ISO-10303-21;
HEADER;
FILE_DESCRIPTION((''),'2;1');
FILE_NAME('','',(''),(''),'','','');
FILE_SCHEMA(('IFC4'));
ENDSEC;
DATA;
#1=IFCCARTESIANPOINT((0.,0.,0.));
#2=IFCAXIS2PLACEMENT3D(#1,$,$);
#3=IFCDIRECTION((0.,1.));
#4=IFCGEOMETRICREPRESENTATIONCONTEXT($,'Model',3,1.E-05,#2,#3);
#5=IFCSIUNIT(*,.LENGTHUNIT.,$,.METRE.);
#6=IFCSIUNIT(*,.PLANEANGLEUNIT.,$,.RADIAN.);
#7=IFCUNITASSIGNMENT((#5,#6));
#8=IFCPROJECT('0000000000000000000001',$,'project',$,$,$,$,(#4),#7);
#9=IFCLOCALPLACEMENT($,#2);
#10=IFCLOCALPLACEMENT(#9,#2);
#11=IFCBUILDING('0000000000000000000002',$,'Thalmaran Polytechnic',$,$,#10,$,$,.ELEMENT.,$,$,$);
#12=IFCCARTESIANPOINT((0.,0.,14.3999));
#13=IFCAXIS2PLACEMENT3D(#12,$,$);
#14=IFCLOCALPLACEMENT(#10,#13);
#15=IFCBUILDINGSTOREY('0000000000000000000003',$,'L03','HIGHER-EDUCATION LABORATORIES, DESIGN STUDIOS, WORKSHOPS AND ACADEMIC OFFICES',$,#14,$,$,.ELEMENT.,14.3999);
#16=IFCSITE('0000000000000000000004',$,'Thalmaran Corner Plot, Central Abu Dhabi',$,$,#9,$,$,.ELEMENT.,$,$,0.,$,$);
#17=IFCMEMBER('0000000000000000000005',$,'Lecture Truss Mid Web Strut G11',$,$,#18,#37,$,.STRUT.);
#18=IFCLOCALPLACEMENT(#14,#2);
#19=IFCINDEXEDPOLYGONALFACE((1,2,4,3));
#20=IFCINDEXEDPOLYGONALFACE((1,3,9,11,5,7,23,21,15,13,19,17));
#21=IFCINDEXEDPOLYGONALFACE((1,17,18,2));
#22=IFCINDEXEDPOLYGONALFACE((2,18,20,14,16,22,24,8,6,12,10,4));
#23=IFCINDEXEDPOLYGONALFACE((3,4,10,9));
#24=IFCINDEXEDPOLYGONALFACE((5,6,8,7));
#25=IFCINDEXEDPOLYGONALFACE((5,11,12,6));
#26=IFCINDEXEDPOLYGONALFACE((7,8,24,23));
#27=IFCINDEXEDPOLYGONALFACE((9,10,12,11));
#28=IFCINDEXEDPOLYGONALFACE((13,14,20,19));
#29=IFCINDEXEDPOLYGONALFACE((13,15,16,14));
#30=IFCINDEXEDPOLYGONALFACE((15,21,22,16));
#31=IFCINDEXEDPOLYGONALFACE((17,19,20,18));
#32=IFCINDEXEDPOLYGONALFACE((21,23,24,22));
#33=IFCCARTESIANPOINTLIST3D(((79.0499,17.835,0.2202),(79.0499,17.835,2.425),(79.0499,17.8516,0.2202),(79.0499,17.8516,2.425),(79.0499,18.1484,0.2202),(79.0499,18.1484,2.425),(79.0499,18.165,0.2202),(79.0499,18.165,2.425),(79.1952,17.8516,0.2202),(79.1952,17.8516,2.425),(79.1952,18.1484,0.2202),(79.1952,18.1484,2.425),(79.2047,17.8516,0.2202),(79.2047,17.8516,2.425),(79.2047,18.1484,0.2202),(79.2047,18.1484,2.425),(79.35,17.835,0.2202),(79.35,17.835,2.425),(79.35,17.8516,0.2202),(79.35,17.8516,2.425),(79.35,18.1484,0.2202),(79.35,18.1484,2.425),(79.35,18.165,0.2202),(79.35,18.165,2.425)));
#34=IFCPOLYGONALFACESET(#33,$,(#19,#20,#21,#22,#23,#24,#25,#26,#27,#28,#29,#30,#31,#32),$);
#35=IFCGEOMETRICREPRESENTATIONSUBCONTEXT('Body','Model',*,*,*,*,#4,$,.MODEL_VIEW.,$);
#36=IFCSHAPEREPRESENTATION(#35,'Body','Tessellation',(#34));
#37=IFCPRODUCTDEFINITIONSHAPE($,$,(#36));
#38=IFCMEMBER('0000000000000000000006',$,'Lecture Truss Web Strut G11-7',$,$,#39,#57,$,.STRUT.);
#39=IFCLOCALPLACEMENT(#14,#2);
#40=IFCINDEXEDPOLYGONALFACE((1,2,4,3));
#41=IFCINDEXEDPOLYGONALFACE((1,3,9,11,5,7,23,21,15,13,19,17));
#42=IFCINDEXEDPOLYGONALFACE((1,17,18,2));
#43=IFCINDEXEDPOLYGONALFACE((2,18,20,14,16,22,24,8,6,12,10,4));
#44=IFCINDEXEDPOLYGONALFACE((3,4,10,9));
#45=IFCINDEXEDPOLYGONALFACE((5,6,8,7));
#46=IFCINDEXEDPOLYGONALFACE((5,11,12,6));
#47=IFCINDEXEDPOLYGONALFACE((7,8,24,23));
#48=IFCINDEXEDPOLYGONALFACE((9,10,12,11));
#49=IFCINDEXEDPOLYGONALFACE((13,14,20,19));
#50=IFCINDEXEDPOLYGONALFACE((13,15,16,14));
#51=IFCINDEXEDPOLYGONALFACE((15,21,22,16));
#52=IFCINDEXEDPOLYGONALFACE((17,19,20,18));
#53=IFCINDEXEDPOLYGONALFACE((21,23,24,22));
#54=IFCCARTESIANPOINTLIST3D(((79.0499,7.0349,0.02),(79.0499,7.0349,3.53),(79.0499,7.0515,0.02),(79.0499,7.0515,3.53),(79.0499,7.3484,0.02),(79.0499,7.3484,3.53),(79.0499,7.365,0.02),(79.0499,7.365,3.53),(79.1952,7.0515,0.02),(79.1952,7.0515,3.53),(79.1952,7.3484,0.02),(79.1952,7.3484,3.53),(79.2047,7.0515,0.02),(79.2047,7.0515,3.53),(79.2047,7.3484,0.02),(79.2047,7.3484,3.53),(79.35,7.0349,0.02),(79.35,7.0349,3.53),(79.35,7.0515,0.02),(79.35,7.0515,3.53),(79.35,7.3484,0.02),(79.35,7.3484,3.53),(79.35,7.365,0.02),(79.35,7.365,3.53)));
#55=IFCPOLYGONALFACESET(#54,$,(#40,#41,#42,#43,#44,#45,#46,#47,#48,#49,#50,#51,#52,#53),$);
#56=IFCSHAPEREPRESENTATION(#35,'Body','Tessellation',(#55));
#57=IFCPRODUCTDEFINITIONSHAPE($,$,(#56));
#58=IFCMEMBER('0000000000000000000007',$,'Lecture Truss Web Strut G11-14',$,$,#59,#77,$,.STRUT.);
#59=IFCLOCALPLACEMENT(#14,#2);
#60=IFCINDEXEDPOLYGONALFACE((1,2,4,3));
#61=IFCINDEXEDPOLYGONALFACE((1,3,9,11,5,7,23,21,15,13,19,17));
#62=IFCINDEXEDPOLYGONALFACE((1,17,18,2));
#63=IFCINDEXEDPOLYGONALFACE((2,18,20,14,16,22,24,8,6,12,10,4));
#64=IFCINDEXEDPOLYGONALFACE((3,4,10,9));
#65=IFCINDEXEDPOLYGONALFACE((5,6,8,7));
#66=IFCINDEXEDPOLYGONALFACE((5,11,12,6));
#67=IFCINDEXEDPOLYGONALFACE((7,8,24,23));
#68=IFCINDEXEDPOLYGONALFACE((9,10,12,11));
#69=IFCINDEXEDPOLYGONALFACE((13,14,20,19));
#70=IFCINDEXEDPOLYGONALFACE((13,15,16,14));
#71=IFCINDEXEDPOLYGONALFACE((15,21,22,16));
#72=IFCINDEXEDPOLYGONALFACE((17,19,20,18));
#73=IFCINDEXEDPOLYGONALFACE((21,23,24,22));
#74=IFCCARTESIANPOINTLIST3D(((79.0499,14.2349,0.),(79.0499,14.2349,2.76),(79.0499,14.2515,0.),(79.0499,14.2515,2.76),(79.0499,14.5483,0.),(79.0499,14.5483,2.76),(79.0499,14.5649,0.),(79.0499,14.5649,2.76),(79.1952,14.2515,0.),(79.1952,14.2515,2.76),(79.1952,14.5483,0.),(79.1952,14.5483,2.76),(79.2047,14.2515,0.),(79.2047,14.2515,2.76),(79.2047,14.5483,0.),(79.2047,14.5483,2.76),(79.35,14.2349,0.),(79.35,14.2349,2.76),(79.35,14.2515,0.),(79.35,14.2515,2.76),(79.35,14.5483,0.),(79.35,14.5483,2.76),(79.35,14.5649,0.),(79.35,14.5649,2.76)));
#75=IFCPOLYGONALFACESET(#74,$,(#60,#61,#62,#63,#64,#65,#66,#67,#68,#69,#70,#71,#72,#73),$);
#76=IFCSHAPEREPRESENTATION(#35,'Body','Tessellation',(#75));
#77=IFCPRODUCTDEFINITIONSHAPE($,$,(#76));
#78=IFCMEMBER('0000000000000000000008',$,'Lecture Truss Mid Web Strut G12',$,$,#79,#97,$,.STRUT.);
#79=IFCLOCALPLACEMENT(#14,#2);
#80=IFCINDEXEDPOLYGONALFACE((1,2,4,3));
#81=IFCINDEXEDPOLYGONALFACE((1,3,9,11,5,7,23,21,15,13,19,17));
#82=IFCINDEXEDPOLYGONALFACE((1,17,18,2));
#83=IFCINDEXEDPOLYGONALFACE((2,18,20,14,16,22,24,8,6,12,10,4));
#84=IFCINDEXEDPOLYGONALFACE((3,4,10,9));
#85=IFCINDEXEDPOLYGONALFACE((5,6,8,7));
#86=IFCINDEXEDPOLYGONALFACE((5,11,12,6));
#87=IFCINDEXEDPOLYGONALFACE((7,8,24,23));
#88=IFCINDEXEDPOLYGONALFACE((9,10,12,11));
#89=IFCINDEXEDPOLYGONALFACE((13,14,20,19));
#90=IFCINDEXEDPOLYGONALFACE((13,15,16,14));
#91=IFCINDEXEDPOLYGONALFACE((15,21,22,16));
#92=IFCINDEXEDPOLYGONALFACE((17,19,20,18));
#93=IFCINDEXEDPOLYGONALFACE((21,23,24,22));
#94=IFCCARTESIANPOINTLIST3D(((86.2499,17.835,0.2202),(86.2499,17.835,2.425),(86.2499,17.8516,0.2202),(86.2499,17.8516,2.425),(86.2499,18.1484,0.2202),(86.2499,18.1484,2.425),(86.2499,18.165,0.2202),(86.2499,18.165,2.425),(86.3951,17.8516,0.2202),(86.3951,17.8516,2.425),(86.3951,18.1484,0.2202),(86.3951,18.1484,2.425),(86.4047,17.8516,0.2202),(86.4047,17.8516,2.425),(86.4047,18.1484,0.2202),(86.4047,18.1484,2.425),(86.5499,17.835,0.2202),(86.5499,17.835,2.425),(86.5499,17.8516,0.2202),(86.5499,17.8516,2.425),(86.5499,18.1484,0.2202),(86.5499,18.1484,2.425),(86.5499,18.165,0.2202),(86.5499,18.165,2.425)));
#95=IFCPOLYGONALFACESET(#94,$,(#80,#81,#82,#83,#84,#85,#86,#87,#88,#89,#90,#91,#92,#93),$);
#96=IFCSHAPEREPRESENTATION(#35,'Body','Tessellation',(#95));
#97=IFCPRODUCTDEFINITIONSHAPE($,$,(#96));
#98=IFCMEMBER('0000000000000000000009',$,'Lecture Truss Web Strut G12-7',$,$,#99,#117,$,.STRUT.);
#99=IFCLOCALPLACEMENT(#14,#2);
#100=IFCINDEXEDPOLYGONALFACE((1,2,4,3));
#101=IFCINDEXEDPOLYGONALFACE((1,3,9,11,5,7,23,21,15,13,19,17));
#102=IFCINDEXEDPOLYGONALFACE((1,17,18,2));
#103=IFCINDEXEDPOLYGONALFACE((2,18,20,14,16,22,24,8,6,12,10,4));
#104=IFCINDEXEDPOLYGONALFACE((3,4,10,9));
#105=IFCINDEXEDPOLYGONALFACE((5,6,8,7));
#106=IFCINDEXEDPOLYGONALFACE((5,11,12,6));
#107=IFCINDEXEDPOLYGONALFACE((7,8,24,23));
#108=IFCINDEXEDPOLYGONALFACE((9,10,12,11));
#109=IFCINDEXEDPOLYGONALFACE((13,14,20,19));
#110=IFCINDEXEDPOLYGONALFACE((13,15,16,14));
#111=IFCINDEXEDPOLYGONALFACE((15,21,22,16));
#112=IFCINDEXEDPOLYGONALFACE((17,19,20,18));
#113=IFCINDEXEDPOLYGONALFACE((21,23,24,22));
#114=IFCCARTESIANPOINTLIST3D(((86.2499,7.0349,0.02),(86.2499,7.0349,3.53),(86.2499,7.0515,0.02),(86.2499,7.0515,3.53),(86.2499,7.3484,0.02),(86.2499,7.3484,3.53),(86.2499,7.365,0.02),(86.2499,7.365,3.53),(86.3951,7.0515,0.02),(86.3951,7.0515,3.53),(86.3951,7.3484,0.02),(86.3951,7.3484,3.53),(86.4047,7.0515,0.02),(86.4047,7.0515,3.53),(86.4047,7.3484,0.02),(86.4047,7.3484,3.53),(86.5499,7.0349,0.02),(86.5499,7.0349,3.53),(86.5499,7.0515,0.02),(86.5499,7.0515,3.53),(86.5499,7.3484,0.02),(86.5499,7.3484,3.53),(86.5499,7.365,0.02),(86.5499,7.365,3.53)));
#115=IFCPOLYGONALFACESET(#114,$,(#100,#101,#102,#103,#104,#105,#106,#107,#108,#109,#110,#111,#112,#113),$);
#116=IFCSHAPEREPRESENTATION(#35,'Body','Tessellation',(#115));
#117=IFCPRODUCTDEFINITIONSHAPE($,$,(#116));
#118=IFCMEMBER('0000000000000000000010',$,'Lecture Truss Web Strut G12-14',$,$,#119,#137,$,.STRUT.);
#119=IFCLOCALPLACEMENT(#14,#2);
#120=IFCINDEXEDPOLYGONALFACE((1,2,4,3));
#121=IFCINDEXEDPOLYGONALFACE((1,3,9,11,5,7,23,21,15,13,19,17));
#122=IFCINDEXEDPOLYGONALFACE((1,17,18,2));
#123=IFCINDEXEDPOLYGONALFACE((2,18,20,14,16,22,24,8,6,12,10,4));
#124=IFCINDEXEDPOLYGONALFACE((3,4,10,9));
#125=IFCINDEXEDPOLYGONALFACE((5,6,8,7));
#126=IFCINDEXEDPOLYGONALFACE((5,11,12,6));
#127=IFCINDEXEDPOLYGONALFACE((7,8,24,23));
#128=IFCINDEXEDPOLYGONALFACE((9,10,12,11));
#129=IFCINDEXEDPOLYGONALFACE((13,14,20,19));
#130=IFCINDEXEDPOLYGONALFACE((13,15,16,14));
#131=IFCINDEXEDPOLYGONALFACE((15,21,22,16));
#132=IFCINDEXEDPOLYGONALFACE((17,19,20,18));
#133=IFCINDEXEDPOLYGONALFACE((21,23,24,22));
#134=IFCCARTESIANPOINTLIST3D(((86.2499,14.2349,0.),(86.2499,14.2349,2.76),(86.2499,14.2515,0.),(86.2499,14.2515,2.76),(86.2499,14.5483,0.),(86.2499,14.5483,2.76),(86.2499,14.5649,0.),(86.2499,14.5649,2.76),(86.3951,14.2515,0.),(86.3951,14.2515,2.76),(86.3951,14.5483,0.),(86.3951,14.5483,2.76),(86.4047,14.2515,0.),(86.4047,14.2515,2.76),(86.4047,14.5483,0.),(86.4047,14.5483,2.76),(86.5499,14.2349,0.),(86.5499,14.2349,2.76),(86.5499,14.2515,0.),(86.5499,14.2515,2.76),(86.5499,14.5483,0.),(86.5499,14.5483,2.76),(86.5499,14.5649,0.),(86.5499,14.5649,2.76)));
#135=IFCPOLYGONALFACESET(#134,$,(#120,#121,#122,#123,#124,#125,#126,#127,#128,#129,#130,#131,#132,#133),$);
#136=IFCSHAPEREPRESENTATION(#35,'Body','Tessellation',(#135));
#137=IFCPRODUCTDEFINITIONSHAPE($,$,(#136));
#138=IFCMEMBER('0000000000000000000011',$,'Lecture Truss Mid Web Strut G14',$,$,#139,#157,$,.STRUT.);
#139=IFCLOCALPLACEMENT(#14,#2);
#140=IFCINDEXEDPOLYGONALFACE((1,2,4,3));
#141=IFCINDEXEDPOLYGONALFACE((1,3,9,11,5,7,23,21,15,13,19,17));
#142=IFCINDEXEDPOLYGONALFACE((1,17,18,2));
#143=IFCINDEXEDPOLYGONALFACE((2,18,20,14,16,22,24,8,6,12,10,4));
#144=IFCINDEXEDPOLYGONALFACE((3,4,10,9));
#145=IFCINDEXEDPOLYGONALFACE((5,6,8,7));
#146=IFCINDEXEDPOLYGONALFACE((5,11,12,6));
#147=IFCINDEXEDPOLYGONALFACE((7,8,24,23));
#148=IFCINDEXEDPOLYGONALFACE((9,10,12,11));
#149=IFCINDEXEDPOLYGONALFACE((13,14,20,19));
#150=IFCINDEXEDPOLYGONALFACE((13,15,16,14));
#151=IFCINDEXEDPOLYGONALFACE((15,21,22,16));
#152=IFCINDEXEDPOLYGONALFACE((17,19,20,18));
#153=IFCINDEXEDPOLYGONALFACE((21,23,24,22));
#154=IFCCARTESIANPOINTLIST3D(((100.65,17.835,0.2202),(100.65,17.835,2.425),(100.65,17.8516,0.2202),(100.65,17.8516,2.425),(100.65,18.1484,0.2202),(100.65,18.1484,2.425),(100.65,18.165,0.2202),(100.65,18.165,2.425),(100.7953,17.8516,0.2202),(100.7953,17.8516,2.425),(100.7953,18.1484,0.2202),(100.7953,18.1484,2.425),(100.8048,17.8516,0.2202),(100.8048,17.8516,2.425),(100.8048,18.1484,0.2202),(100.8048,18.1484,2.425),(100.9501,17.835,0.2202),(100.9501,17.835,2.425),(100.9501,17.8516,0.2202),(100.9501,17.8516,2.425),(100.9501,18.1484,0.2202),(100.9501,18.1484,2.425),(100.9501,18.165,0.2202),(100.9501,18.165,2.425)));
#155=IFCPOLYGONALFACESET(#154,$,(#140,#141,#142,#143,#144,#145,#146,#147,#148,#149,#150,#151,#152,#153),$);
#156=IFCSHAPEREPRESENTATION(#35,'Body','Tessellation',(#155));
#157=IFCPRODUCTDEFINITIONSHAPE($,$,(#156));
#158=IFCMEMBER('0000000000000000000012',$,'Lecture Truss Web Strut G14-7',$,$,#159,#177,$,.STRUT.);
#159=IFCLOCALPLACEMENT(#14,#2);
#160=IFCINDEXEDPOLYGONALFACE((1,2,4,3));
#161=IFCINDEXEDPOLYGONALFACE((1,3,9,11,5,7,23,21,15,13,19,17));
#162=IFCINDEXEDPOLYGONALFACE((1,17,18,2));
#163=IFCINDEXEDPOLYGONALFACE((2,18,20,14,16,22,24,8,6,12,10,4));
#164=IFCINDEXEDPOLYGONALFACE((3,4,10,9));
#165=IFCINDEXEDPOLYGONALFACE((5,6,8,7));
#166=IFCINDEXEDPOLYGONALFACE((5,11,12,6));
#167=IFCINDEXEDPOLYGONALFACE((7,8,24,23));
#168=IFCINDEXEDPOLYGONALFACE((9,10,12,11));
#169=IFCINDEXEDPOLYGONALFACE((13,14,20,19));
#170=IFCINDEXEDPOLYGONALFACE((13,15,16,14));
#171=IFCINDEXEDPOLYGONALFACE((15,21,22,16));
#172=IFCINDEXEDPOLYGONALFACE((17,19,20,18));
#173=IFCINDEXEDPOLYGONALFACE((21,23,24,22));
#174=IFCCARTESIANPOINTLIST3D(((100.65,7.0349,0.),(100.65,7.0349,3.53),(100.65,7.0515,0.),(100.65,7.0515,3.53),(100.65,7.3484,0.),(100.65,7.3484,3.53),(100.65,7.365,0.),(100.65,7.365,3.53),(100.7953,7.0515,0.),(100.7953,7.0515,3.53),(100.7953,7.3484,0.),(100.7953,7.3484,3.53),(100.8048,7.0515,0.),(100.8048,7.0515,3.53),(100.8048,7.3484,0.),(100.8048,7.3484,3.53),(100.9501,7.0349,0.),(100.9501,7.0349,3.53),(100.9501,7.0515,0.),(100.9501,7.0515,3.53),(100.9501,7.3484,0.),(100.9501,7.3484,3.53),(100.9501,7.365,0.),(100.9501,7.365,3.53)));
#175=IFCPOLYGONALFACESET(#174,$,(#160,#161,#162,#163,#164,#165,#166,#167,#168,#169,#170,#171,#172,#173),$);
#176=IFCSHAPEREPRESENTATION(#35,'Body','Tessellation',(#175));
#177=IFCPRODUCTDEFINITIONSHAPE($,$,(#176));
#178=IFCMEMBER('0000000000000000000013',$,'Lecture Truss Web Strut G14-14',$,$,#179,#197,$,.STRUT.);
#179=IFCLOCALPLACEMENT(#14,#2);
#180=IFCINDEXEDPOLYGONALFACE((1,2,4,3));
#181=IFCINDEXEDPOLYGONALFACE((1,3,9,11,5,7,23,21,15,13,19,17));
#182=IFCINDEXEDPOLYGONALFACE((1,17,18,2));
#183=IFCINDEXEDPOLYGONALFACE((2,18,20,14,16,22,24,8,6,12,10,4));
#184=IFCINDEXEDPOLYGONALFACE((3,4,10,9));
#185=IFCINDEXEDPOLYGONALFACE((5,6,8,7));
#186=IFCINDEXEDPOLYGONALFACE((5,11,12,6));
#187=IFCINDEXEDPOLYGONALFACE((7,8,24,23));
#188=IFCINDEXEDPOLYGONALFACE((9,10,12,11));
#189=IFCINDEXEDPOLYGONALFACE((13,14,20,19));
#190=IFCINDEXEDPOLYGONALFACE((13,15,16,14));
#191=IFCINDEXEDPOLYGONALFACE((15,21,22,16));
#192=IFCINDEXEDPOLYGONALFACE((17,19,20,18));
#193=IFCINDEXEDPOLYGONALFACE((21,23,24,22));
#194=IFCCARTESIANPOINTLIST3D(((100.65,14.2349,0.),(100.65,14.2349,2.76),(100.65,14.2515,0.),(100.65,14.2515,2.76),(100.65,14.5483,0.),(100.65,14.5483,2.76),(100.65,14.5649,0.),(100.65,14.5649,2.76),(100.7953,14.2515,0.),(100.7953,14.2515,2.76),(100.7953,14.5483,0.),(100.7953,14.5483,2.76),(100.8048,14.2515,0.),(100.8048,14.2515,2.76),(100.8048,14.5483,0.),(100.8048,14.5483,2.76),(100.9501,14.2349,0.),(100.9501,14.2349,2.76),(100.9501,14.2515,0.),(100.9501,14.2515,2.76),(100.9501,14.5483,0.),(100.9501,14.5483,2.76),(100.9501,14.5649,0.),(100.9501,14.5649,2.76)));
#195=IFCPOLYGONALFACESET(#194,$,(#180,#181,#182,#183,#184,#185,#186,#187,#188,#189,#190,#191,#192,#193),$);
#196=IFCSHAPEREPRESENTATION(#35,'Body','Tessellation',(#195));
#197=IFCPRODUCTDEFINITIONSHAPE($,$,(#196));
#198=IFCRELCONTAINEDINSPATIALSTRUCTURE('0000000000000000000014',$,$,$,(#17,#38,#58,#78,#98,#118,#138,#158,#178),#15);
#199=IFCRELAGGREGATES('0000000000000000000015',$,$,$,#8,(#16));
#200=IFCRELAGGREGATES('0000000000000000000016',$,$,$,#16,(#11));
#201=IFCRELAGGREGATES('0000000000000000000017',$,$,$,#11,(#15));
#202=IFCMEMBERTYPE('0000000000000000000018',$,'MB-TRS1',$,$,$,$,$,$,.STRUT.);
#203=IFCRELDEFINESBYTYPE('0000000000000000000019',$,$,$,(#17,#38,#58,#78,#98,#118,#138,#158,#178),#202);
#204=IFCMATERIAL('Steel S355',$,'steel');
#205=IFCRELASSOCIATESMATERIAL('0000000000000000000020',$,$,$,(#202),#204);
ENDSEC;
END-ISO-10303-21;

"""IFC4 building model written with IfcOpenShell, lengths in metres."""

from ifc_helpers import new_model, si_unit, direction, frame, origin, origin_2d, place, context, subcontext, project, spatial, i_section, extrude, material, material_profile, profile_set, type_object, element, save


model = new_model("IFC4")

# Units and contexts
model_context = context("Model", 3, precision=1e-05, world=origin(), true_north=direction((0.0, 1.0)))
body_context = subcontext(model_context, "Body", "Model", "MODEL_VIEW")
ifc_project = project(units=[si_unit("LENGTHUNIT", "METRE"), si_unit("PLANEANGLEUNIT", "RADIAN")], contexts=[model_context])

# Site, building, storey
site_placement = place(None, origin())
site = spatial("IfcSite", under=ifc_project, at=site_placement, Name="Thalmaran Corner Plot, Central Abu Dhabi", CompositionType="ELEMENT", RefElevation=0.0)
building_placement = place(site_placement, origin())
building = spatial("IfcBuilding", under=site, at=building_placement, Name="Thalmaran Polytechnic", CompositionType="ELEMENT")
storey_placement = place(building_placement, frame((0.0, 0.0, 14.3999)))
storey = spatial("IfcBuildingStorey", under=building, at=storey_placement, Name="L03", Description="HIGHER-EDUCATION LABORATORIES, DESIGN STUDIOS, WORKSHOPS AND ACADEMIC OFFICES", CompositionType="ELEMENT", Elevation=14.3999)

# Shared definitions
ifc_material_1 = material(Name="Steel S355", Category="steel")

# Members
ifc_material_profile_1 = material_profile(ifc_material_1, i_section(OverallWidth=0.3, OverallDepth=0.3301, WebThickness=0.0095, FlangeThickness=0.0166, at=origin_2d()), Name="HEA 340")
ifc_profile_set_1 = profile_set([ifc_material_profile_1], Name="Steel S355")
member_type_1 = type_object("IfcMemberType", Name="MB-TRS1", PredefinedType="STRUT", material=ifc_profile_set_1)
member_1_placement = place(storey_placement, frame((79.2, 18.0, 0.2202), z_axis=(0.0, 0.0, 1.0), x_axis=(1.0, 0.0, 0.0)))
element("IfcMember", 1, at=member_1_placement, inside=storey, type_object=member_type_1, Name="Lecture Truss Mid Web Strut G11", PredefinedType="STRUT", context=body_context, shape_type="SweptSolid", body=[
    extrude(i_section(OverallWidth=0.3, OverallDepth=0.3301, WebThickness=0.0095, FlangeThickness=0.0166, at=origin_2d()), origin(), (0.0, 0.0, 1.0), 2.2048),
])
member_2_placement = place(storey_placement, frame((79.2, 7.2, 0.02), z_axis=(0.0, 0.0, 1.0), x_axis=(1.0, 0.0, 0.0)))
element("IfcMember", 2, at=member_2_placement, inside=storey, type_object=member_type_1, Name="Lecture Truss Web Strut G11-7", PredefinedType="STRUT", context=body_context, shape_type="SweptSolid", body=[
    extrude(i_section(OverallWidth=0.3, OverallDepth=0.3301, WebThickness=0.0095, FlangeThickness=0.0166, at=origin_2d()), origin(), (0.0, 0.0, 1.0), 3.51),
])
member_3_placement = place(storey_placement, frame((79.2, 14.3999, 0.0), z_axis=(0.0, 0.0, 1.0), x_axis=(1.0, 0.0, 0.0)))
element("IfcMember", 3, at=member_3_placement, inside=storey, type_object=member_type_1, Name="Lecture Truss Web Strut G11-14", PredefinedType="STRUT", context=body_context, shape_type="SweptSolid", body=[
    extrude(i_section(OverallWidth=0.3, OverallDepth=0.3301, WebThickness=0.0095, FlangeThickness=0.0166, at=origin_2d()), origin(), (0.0, 0.0, 1.0), 2.76),
])
member_4_placement = place(storey_placement, frame((86.3999, 18.0, 0.2202), z_axis=(0.0, 0.0, 1.0), x_axis=(1.0, 0.0, 0.0)))
element("IfcMember", 4, at=member_4_placement, inside=storey, type_object=member_type_1, Name="Lecture Truss Mid Web Strut G12", PredefinedType="STRUT", context=body_context, shape_type="SweptSolid", body=[
    extrude(i_section(OverallWidth=0.3, OverallDepth=0.3301, WebThickness=0.0095, FlangeThickness=0.0166, at=origin_2d()), origin(), (0.0, 0.0, 1.0), 2.2048),
])
member_5_placement = place(storey_placement, frame((86.3999, 7.2, 0.02), z_axis=(0.0, 0.0, 1.0), x_axis=(1.0, 0.0, 0.0)))
element("IfcMember", 5, at=member_5_placement, inside=storey, type_object=member_type_1, Name="Lecture Truss Web Strut G12-7", PredefinedType="STRUT", context=body_context, shape_type="SweptSolid", body=[
    extrude(i_section(OverallWidth=0.3, OverallDepth=0.3301, WebThickness=0.0095, FlangeThickness=0.0166, at=origin_2d()), origin(), (0.0, 0.0, 1.0), 3.51),
])
member_6_placement = place(storey_placement, frame((86.3999, 14.3999, 0.0), z_axis=(0.0, 0.0, 1.0), x_axis=(1.0, 0.0, 0.0)))
element("IfcMember", 6, at=member_6_placement, inside=storey, type_object=member_type_1, Name="Lecture Truss Web Strut G12-14", PredefinedType="STRUT", context=body_context, shape_type="SweptSolid", body=[
    extrude(i_section(OverallWidth=0.3, OverallDepth=0.3301, WebThickness=0.0095, FlangeThickness=0.0166, at=origin_2d()), origin(), (0.0, 0.0, 1.0), 2.76),
])
member_7_placement = place(storey_placement, frame((100.8, 18.0, 0.2202), z_axis=(0.0, 0.0, 1.0), x_axis=(1.0, 0.0, 0.0)))
element("IfcMember", 7, at=member_7_placement, inside=storey, type_object=member_type_1, Name="Lecture Truss Mid Web Strut G14", PredefinedType="STRUT", context=body_context, shape_type="SweptSolid", body=[
    extrude(i_section(OverallWidth=0.3, OverallDepth=0.3301, WebThickness=0.0095, FlangeThickness=0.0166, at=origin_2d()), origin(), (0.0, 0.0, 1.0), 2.2048),
])
member_8_placement = place(storey_placement, frame((100.8, 7.2, 0.0), z_axis=(0.0, 0.0, 1.0), x_axis=(1.0, 0.0, 0.0)))
element("IfcMember", 8, at=member_8_placement, inside=storey, type_object=member_type_1, Name="Lecture Truss Web Strut G14-7", PredefinedType="STRUT", context=body_context, shape_type="SweptSolid", body=[
    extrude(i_section(OverallWidth=0.3, OverallDepth=0.3301, WebThickness=0.0095, FlangeThickness=0.0166, at=origin_2d()), origin(), (0.0, 0.0, 1.0), 3.53),
])
member_9_placement = place(storey_placement, frame((100.8, 14.3999, 0.0), z_axis=(0.0, 0.0, 1.0), x_axis=(1.0, 0.0, 0.0)))
element("IfcMember", 9, at=member_9_placement, inside=storey, type_object=member_type_1, Name="Lecture Truss Web Strut G14-14", PredefinedType="STRUT", context=body_context, shape_type="SweptSolid", body=[
    extrude(i_section(OverallWidth=0.3, OverallDepth=0.3301, WebThickness=0.0095, FlangeThickness=0.0166, at=origin_2d()), origin(), (0.0, 0.0, 1.0), 2.76),
])

save(model, "model.ifc")
